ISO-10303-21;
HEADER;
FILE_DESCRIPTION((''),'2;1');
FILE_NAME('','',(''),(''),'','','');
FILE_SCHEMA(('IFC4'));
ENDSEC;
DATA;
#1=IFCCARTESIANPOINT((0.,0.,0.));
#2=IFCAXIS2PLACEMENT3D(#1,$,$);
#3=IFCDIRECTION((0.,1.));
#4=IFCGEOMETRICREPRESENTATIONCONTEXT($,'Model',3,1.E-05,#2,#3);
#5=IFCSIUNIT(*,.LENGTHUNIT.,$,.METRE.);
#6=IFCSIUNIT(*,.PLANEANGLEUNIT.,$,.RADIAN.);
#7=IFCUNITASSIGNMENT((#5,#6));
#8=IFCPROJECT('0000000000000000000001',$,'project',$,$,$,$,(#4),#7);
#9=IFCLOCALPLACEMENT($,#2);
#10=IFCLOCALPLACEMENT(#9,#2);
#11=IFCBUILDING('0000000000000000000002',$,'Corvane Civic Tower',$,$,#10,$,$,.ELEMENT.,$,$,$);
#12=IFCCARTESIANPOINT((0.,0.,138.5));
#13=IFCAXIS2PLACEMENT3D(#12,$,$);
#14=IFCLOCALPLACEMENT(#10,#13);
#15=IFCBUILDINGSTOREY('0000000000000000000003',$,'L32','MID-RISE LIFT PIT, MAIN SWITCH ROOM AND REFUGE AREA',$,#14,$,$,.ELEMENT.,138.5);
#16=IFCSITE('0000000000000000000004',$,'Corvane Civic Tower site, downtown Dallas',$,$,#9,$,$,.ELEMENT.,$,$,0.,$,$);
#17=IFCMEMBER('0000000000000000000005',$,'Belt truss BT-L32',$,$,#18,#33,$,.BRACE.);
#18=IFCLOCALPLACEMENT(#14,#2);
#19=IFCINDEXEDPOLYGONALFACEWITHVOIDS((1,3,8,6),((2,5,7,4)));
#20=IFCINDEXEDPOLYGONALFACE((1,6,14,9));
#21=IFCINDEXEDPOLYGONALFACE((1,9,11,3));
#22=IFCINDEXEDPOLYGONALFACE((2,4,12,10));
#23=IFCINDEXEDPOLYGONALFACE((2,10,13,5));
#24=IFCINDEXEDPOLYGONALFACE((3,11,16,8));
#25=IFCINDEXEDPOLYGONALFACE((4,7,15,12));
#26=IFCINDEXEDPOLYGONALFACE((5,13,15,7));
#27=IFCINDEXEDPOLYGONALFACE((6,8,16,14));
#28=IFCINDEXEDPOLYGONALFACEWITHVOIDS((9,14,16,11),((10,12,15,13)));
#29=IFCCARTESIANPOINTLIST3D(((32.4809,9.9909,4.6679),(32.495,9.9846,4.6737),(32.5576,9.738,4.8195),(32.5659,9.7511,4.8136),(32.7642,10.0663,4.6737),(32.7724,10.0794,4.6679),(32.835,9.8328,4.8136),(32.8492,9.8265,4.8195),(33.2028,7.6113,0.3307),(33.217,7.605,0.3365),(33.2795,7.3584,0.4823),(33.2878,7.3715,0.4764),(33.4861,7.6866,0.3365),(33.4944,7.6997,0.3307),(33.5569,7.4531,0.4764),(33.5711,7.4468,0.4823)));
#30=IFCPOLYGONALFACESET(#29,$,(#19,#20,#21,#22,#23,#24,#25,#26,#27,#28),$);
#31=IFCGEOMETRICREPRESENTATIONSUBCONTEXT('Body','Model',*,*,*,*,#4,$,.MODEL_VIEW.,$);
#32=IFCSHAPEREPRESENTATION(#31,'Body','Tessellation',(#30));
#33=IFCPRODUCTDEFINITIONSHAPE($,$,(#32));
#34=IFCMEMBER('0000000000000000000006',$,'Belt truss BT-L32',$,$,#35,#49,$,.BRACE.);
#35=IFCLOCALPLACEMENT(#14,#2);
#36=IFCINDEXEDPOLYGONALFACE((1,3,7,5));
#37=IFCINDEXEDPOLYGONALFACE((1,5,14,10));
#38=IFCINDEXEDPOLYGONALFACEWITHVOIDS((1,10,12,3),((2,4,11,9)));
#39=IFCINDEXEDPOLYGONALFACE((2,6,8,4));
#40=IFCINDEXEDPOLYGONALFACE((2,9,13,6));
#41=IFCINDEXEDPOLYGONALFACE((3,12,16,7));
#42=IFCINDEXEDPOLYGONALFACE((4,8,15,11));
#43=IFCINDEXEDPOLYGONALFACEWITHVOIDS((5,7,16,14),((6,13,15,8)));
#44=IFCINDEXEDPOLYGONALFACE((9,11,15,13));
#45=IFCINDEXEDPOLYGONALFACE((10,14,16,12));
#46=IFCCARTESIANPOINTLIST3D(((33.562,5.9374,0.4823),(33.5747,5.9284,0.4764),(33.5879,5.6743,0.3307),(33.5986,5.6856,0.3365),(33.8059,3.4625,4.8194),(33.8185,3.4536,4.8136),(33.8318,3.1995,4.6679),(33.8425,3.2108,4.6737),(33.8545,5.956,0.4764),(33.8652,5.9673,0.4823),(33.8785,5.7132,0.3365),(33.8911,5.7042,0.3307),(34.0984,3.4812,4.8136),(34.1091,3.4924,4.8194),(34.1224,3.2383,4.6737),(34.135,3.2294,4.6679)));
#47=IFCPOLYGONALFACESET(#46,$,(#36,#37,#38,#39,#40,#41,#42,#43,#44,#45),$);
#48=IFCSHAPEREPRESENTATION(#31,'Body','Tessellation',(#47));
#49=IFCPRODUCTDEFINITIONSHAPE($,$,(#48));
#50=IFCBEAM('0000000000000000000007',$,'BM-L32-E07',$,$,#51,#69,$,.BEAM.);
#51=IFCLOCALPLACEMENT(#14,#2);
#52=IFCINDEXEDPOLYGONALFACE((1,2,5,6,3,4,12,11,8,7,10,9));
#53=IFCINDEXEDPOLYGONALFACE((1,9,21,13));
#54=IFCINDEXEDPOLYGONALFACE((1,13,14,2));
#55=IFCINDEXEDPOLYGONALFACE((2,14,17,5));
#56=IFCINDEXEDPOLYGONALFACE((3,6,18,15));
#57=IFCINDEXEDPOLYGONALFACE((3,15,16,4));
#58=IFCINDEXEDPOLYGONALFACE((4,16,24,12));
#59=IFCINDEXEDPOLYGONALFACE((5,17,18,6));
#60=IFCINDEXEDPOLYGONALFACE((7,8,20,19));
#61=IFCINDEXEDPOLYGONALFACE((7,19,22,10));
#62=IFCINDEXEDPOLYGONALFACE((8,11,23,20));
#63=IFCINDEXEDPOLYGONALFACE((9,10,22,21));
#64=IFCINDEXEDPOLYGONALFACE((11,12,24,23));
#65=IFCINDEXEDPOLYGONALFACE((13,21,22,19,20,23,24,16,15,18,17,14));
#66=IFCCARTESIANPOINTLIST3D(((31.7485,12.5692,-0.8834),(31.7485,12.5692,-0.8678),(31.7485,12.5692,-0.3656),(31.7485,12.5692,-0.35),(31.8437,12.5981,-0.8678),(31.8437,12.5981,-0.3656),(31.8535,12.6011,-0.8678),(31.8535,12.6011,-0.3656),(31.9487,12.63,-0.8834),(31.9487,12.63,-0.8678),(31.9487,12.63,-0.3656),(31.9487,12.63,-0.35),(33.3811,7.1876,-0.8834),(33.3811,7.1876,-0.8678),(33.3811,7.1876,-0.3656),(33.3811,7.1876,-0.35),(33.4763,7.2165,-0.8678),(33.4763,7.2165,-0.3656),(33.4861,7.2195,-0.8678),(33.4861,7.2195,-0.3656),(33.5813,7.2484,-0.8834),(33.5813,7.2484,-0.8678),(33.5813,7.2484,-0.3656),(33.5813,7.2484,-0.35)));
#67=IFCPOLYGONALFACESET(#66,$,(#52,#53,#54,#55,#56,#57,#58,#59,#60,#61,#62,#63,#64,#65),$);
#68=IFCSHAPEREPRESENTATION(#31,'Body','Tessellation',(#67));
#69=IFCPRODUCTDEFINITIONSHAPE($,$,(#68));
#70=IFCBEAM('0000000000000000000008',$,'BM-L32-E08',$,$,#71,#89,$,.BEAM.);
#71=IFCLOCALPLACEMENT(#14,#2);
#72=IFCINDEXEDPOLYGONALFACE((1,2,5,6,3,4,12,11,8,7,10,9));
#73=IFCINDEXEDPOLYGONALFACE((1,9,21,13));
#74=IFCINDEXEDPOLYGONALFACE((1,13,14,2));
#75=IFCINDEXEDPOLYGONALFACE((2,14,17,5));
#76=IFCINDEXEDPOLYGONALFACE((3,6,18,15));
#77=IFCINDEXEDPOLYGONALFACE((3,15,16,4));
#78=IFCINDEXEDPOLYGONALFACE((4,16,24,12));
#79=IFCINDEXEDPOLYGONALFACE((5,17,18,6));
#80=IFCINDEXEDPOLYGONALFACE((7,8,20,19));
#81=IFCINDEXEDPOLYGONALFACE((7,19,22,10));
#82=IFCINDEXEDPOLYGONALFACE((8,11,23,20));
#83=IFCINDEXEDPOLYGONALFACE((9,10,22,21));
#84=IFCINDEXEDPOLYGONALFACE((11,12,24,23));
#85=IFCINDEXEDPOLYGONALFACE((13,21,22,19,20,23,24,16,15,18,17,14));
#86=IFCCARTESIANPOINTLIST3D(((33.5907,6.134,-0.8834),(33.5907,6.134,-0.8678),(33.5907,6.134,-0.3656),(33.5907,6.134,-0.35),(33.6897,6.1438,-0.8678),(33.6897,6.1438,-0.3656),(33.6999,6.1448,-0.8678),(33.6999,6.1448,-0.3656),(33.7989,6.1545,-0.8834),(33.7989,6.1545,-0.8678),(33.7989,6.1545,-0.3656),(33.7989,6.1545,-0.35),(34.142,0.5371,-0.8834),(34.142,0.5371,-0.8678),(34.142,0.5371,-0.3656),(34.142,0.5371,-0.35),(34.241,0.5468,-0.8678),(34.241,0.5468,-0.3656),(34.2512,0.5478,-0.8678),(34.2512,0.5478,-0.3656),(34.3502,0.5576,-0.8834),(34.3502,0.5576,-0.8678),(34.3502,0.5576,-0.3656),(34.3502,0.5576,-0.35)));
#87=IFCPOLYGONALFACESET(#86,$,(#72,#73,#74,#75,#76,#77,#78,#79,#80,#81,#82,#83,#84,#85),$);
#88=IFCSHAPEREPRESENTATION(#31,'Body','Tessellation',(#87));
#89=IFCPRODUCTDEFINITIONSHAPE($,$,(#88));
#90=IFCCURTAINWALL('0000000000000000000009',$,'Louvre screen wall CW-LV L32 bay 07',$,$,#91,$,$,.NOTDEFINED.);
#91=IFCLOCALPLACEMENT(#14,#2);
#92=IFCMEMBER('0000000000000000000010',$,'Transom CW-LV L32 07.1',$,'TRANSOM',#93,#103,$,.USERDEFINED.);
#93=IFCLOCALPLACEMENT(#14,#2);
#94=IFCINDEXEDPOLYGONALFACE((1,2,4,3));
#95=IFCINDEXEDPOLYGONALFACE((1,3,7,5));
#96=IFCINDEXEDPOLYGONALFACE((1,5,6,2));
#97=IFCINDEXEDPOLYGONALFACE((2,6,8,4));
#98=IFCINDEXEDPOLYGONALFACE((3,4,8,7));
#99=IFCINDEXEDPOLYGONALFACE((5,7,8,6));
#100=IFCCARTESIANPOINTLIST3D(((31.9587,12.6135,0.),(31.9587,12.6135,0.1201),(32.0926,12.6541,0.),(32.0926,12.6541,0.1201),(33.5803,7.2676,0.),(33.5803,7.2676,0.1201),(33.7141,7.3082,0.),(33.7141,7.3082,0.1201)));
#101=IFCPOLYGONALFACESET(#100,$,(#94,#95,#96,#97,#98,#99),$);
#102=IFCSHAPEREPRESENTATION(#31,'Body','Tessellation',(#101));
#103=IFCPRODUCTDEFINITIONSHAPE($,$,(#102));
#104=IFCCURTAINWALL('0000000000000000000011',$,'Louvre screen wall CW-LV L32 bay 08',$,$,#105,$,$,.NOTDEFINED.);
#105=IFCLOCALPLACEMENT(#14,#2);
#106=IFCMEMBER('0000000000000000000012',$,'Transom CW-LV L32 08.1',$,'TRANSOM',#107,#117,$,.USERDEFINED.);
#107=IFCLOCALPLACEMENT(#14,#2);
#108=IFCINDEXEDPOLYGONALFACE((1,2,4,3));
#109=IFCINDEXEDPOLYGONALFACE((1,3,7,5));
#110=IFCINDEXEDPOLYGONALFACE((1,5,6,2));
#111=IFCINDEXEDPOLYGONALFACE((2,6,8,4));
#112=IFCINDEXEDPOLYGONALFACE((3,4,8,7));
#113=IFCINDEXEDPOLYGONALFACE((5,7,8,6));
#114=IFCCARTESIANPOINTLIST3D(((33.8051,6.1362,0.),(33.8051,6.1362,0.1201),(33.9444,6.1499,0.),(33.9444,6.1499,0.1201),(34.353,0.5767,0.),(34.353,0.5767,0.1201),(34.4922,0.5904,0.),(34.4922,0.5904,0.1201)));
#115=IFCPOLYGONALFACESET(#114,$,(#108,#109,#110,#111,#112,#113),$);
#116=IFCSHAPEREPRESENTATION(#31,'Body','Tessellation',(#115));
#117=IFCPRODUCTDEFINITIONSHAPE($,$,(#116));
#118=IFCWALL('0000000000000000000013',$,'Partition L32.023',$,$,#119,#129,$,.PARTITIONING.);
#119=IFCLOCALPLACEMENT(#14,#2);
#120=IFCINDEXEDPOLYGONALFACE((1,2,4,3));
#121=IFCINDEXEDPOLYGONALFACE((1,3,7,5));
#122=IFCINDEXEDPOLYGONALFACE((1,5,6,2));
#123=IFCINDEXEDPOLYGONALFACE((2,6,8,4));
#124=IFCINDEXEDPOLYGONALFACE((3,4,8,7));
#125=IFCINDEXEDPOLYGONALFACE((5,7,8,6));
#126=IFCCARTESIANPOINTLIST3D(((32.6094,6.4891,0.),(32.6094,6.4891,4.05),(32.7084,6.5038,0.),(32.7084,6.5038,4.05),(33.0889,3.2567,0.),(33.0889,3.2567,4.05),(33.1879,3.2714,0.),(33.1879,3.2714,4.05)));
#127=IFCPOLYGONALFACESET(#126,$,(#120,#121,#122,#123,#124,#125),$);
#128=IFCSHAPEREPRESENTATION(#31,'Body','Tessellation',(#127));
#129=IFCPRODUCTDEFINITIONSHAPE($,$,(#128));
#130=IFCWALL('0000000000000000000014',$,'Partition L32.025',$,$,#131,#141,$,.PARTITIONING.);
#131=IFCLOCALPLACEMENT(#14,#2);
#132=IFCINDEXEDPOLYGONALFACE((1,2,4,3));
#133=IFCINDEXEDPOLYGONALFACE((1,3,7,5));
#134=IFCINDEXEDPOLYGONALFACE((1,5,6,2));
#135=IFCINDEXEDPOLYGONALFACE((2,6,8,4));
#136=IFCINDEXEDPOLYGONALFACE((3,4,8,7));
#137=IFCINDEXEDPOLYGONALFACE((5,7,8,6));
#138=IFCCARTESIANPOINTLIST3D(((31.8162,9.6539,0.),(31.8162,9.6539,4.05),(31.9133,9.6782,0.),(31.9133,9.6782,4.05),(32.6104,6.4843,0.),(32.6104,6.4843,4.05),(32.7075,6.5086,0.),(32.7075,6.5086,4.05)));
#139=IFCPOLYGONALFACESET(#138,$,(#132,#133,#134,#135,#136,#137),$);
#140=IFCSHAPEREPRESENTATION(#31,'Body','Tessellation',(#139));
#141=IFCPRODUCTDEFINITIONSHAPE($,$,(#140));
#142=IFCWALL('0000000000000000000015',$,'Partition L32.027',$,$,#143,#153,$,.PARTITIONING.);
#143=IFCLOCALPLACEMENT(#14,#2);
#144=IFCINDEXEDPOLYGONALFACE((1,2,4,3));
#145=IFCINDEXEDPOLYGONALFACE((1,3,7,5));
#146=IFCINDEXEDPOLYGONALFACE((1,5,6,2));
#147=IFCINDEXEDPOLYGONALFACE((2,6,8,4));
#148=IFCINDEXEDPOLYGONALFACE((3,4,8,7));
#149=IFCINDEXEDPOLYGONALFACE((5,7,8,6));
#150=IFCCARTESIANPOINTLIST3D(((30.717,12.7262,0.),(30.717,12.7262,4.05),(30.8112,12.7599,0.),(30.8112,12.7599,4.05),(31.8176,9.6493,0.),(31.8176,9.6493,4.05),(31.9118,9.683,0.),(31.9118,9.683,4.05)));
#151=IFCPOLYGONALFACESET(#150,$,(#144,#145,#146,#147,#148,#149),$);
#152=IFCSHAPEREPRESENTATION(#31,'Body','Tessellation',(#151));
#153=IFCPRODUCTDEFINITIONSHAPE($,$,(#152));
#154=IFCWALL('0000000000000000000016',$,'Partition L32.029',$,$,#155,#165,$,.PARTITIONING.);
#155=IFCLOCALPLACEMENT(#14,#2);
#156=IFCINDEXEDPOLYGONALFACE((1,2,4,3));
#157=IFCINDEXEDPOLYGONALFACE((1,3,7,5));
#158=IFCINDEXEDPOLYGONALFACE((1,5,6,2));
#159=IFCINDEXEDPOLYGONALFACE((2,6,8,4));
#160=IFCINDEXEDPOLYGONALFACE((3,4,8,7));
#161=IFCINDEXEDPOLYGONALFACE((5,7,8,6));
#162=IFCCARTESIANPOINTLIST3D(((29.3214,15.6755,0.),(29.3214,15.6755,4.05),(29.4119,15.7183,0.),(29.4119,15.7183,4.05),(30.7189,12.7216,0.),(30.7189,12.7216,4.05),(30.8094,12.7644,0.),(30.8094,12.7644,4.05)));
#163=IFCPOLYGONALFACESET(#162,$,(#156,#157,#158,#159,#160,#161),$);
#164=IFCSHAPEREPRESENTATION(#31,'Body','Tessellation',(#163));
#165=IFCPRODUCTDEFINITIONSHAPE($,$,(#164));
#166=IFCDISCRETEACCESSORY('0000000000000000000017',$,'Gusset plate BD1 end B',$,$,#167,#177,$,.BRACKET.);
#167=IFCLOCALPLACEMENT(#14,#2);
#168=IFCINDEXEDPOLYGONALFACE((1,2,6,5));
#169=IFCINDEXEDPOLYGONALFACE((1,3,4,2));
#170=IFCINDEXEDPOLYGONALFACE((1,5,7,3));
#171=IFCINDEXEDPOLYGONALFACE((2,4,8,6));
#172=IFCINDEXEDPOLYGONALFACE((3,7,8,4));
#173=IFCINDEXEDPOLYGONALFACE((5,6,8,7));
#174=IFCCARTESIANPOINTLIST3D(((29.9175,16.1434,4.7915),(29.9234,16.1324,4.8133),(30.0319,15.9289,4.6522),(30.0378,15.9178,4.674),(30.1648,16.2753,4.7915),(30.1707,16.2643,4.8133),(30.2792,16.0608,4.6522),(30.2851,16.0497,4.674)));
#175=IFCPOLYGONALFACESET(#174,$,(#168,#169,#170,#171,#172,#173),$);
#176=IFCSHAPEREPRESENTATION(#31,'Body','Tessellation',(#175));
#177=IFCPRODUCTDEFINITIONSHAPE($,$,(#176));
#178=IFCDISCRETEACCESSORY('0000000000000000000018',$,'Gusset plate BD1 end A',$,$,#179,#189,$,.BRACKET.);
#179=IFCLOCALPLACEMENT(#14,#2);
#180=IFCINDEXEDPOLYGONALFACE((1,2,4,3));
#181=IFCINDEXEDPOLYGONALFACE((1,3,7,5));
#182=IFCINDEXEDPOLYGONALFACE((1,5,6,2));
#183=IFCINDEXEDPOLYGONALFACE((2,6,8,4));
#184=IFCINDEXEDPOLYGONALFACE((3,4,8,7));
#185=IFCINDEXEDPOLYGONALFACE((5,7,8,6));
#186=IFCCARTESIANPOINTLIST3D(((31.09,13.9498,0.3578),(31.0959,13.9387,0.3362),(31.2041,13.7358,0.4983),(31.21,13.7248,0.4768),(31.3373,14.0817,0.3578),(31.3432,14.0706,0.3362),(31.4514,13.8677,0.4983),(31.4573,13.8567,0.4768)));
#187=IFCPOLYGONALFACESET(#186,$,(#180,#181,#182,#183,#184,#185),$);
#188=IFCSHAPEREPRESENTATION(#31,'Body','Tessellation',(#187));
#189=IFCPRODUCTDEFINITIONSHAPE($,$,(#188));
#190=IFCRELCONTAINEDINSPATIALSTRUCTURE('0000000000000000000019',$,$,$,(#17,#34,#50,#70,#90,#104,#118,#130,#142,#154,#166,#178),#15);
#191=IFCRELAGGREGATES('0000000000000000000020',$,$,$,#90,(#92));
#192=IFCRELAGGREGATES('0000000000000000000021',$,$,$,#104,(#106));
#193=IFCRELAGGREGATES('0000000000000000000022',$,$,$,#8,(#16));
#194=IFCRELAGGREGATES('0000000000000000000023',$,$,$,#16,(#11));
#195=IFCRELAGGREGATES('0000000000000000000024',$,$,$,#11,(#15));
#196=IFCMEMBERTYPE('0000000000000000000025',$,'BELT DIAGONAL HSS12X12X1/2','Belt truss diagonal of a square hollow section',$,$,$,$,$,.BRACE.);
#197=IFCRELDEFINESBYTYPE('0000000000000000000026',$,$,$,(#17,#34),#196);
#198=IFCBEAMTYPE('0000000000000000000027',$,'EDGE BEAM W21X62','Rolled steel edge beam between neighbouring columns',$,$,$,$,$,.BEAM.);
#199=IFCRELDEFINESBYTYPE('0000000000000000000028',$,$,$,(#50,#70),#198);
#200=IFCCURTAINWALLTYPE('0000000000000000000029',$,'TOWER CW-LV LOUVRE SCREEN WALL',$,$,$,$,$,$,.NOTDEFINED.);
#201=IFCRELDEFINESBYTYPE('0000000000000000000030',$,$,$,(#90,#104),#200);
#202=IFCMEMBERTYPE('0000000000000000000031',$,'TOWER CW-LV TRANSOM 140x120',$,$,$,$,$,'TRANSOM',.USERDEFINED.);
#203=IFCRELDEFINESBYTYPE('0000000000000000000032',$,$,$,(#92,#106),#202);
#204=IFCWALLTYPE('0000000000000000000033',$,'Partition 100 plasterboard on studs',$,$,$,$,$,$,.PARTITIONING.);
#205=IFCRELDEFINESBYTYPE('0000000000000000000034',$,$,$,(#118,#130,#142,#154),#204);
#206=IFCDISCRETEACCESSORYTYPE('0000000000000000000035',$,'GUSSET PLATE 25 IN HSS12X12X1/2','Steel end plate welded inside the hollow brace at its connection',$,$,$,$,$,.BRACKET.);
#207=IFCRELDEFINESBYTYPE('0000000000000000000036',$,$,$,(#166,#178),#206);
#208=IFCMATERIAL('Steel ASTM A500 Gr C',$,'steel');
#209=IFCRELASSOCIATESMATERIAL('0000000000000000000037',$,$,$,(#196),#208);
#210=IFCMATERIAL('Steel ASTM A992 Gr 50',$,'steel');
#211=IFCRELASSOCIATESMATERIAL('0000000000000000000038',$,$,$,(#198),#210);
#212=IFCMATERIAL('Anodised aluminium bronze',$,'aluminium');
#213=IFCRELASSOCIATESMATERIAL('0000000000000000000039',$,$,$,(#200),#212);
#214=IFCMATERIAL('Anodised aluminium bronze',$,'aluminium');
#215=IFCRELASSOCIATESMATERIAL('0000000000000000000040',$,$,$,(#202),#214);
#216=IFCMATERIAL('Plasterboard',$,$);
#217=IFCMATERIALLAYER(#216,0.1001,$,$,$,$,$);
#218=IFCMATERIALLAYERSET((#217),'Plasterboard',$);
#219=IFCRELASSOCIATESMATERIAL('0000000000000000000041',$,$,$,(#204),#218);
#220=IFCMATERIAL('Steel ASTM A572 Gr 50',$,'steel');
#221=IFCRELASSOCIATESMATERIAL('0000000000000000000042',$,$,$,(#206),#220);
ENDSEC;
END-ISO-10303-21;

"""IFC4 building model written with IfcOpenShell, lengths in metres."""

from ifc_helpers import new_model, si_unit, direction, frame, frame_2d, origin, origin_2d, place, context, subcontext, project, spatial, rectangle, hollow_rectangle, i_section, extrude, material, layer, layer_set, material_profile, profile_set, type_object, element, aggregate, save


model = new_model("IFC4")

# Units and contexts
model_context = context("Model", 3, precision=1e-05, world=origin(), true_north=direction((0.0, 1.0)))
body_context = subcontext(model_context, "Body", "Model", "MODEL_VIEW")
ifc_project = project(units=[si_unit("LENGTHUNIT", "METRE"), si_unit("PLANEANGLEUNIT", "RADIAN")], contexts=[model_context])

# Site, building, storey
site_placement = place(None, origin())
site = spatial("IfcSite", under=ifc_project, at=site_placement, Name="Corvane Civic Tower site, downtown Dallas", CompositionType="ELEMENT", RefElevation=0.0)
building_placement = place(site_placement, origin())
building = spatial("IfcBuilding", under=site, at=building_placement, Name="Corvane Civic Tower", CompositionType="ELEMENT")
storey_placement = place(building_placement, frame((0.0, 0.0, 138.5)))
storey = spatial("IfcBuildingStorey", under=building, at=storey_placement, Name="L32", Description="MID-RISE LIFT PIT, MAIN SWITCH ROOM AND REFUGE AREA", CompositionType="ELEMENT", Elevation=138.5)

# Members
ifc_material_1 = material(Name="Steel ASTM A500 Gr C", Category="steel")
ifc_material_profile_1 = material_profile(ifc_material_1, hollow_rectangle(XDim=0.3047, YDim=0.3047, WallThickness=0.0117, at=origin_2d()), Name="HSS12X12X1/2")
ifc_profile_set_1 = profile_set([ifc_material_profile_1], Name="Steel ASTM A500 Gr C")
member_type_1 = type_object("IfcMemberType", Name="BELT DIAGONAL HSS12X12X1/2", Description="Belt truss diagonal of a square hollow section", PredefinedType="BRACE", material=ifc_profile_set_1)
for number, where, z_axis, x_axis, name in (
    (1, (33.387, 7.5291, 0.4065), (-0.1444, 0.475977, 0.867522), (-0.956933, -0.29031, 0.0), "Belt truss BT-L32"),
    (2, (33.7266, 5.8208, 0.4065), (0.048784, -0.495017, 0.867513), (0.995179, 0.098075, 0.0), "Belt truss BT-L32"),
):
    element("IfcMember", number, at=place(storey_placement, frame(where, z_axis=z_axis, x_axis=x_axis)), inside=storey, type_object=member_type_1, Name=name, PredefinedType="BRACE", context=body_context, shape_type="SweptSolid", body=[
        extrude(hollow_rectangle(XDim=0.3047, YDim=0.3047, WallThickness=0.0117, at=origin_2d()), origin(), (0.0, 0.0, 1.0), 4.9995),
    ])

# Beams
ifc_material_2 = material(Name="Steel ASTM A992 Gr 50", Category="steel")
ifc_material_profile_2 = material_profile(ifc_material_2, i_section(OverallWidth=0.2092, OverallDepth=0.5334, WebThickness=0.0103, FlangeThickness=0.0156, at=origin_2d()), Name="W21X62")
ifc_profile_set_2 = profile_set([ifc_material_profile_2], Name="Steel ASTM A992 Gr 50")
beam_type = type_object("IfcBeamType", Name="EDGE BEAM W21X62", Description="Rolled steel edge beam between neighbouring columns", PredefinedType="BEAM", material=ifc_profile_set_2)
beam_1_placement = place(storey_placement, frame((31.8486, 12.5996, -0.6167), z_axis=(0.290298, -0.956936, 0.0), x_axis=(0.956936, 0.290298, 0.0)))
element("IfcBeam", 3, at=beam_1_placement, inside=storey, type_object=beam_type, Name="BM-L32-E07", PredefinedType="BEAM", context=body_context, shape_type="SweptSolid", body=[
    extrude(i_section(OverallWidth=0.2092, OverallDepth=0.5334, WebThickness=0.0103, FlangeThickness=0.0156, at=origin_2d()), origin(), (0.0, 0.0, 1.0), 5.6238),
])
beam_2_placement = place(storey_placement, frame((33.6948, 6.1443, -0.6167), z_axis=(0.098021, -0.995184, 0.0), x_axis=(0.995184, 0.098021, 0.0)))
element("IfcBeam", 4, at=beam_2_placement, inside=storey, type_object=beam_type, Name="BM-L32-E08", PredefinedType="BEAM", context=body_context, shape_type="SweptSolid", body=[
    extrude(i_section(OverallWidth=0.2092, OverallDepth=0.5334, WebThickness=0.0103, FlangeThickness=0.0156, at=origin_2d()), origin(), (0.0, 0.0, 1.0), 5.624),
])

# Curtain walls, members
ifc_material_3 = material(Name="Anodised aluminium bronze", Category="aluminium")
curtain_wall_type = type_object("IfcCurtainWallType", Name="TOWER CW-LV LOUVRE SCREEN WALL", PredefinedType="NOTDEFINED", material=ifc_material_3)
curtain_wall_1_placement = place(storey_placement, origin())
curtain_wall_1 = element("IfcCurtainWall", 5, at=curtain_wall_1_placement, inside=storey, type_object=curtain_wall_type, Name="Louvre screen wall CW-LV L32 bay 07", PredefinedType="NOTDEFINED")
ifc_material_4 = material(Name="Anodised aluminium bronze", Category="aluminium")
ifc_material_profile_3 = material_profile(ifc_material_4, rectangle(XDim=0.1399, YDim=0.1201, at=origin_2d()), Name="TOWER CW-LV TRANSOM 140x120")
ifc_profile_set_3 = profile_set([ifc_material_profile_3], Name="Anodised aluminium bronze")
member_type_2 = type_object("IfcMemberType", Name="TOWER CW-LV TRANSOM 140x120", ElementType="TRANSOM", PredefinedType="USERDEFINED", material=ifc_profile_set_3)
member_1_placement = place(storey_placement, frame((32.0256, 12.6338, 0.0601), z_axis=(0.290269, -0.956945, 0.0), x_axis=(0.956945, 0.290269, 0.0)))
member_1 = element("IfcMember", 6, at=member_1_placement, type_object=member_type_2, Name="Transom CW-LV L32 07.1", ObjectType="TRANSOM", PredefinedType="USERDEFINED", context=body_context, shape_type="SweptSolid", body=[
    extrude(rectangle(XDim=0.1399, YDim=0.1201, at=origin_2d()), origin(), (0.0, 0.0, 1.0), 5.5864),
])
curtain_wall_2_placement = place(storey_placement, origin())
curtain_wall_2 = element("IfcCurtainWall", 7, at=curtain_wall_2_placement, inside=storey, type_object=curtain_wall_type, Name="Louvre screen wall CW-LV L32 bay 08", PredefinedType="NOTDEFINED")
member_2_placement = place(storey_placement, frame((33.8748, 6.1431, 0.0601), z_axis=(0.098067, -0.99518, 0.0), x_axis=(0.99518, 0.098067, 0.0)))
member_2 = element("IfcMember", 8, at=member_2_placement, type_object=member_type_2, Name="Transom CW-LV L32 08.1", ObjectType="TRANSOM", PredefinedType="USERDEFINED", context=body_context, shape_type="SweptSolid", body=[
    extrude(rectangle(XDim=0.1399, YDim=0.1201, at=origin_2d()), origin(), (0.0, 0.0, 1.0), 5.5864),
])

# Walls
ifc_material_5 = material(Name="Plasterboard")
ifc_layer = layer(ifc_material_5, 0.1001)
ifc_layer_set = layer_set([ifc_layer], Name="Plasterboard")
wall_type = type_object("IfcWallType", Name="Partition 100 plasterboard on studs", PredefinedType="PARTITIONING", material=ifc_layer_set)
wall_1_placement = place(storey_placement, frame((32.6589, 6.4963, 0.0), z_axis=(0.0, 0.0, 1.0), x_axis=(0.146733, -0.989176, 0.0)))
element("IfcWall", 9, at=wall_1_placement, inside=storey, type_object=wall_type, Name="Partition L32.023", PredefinedType="PARTITIONING", context=body_context, shape_type="SweptSolid", body=[
    extrude(rectangle(XDim=3.2678, YDim=0.1001, at=frame_2d((1.6338, 0.0))), origin(), (0.0, 0.0, 1.0), 4.05),
])
wall_2_placement = place(storey_placement, frame((31.8647, 9.666, 0.0), z_axis=(0.0, 0.0, 1.0), x_axis=(0.243045, -0.970015, 0.0)))
element("IfcWall", 10, at=wall_2_placement, inside=storey, type_object=wall_type, Name="Partition L32.025", PredefinedType="PARTITIONING", context=body_context, shape_type="SweptSolid", body=[
    extrude(rectangle(XDim=3.2676, YDim=0.1001, at=frame_2d((1.6338, 0.0))), origin(), (0.0, 0.0, 1.0), 4.05),
])
for number, where, z_axis, x_axis, name in (
    (11, (30.7642, 12.7429, 0.0), (0.0, 0.0, 1.0), (0.336795, -0.941578, 0.0), "Partition L32.027"),
    (12, (29.3667, 15.6968, 0.0), (0.0, 0.0, 1.0), (0.427653, -0.903943, 0.0), "Partition L32.029"),
):
    element("IfcWall", number, at=place(storey_placement, frame(where, z_axis=z_axis, x_axis=x_axis)), inside=storey, type_object=wall_type, Name=name, PredefinedType="PARTITIONING", context=body_context, shape_type="SweptSolid", body=[
        extrude(rectangle(XDim=3.2678, YDim=0.1001, at=frame_2d((1.6338, 0.0))), origin(), (0.0, 0.0, 1.0), 4.05),
    ])

aggregate(curtain_wall_1, [member_1])
aggregate(curtain_wall_2, [member_2])

# Discrete accessories
ifc_material_6 = material(Name="Steel ASTM A572 Gr 50", Category="steel")
ifc_material_profile_4 = material_profile(ifc_material_6, rectangle(XDim=0.2803, YDim=0.2803, at=origin_2d()), Name="GUSSET PLATE 25 IN HSS12X12X1/2")
ifc_profile_set_4 = profile_set([ifc_material_profile_4], Name="Steel ASTM A572 Gr 50")
discrete_accessory_type = type_object("IfcDiscreteAccessoryType", Name="GUSSET PLATE 25 IN HSS12X12X1/2", Description="Steel end plate welded inside the hollow brace at its connection", PredefinedType="BRACKET", material=ifc_profile_set_4)
discrete_accessory_1_placement = place(storey_placement, frame((30.1042, 16.0911, 4.7437), z_axis=(-0.233971, 0.438696, -0.867643), x_axis=(-0.882353, -0.470588, 0.0)))
element("IfcDiscreteAccessory", 13, at=discrete_accessory_1_placement, inside=storey, type_object=discrete_accessory_type, Name="Gusset plate BD1 end B", PredefinedType="BRACKET", context=body_context, shape_type="SweptSolid", body=[
    extrude(rectangle(XDim=0.2803, YDim=0.2803, at=origin_2d()), origin(), (0.0, 0.0, 1.0), 0.0251),
])
discrete_accessory_2_placement = place(storey_placement, frame((31.2766, 13.8977, 0.4065), z_axis=(-0.235964, 0.442433, 0.865202), x_axis=(-0.882353, -0.470588, 0.0)))
element("IfcDiscreteAccessory", 14, at=discrete_accessory_2_placement, inside=storey, type_object=discrete_accessory_type, Name="Gusset plate BD1 end A", PredefinedType="BRACKET", context=body_context, shape_type="SweptSolid", body=[
    extrude(rectangle(XDim=0.2803, YDim=0.2803, at=origin_2d()), origin(), (0.0, 0.0, 1.0), 0.0249),
])

save(model, "model.ifc")
